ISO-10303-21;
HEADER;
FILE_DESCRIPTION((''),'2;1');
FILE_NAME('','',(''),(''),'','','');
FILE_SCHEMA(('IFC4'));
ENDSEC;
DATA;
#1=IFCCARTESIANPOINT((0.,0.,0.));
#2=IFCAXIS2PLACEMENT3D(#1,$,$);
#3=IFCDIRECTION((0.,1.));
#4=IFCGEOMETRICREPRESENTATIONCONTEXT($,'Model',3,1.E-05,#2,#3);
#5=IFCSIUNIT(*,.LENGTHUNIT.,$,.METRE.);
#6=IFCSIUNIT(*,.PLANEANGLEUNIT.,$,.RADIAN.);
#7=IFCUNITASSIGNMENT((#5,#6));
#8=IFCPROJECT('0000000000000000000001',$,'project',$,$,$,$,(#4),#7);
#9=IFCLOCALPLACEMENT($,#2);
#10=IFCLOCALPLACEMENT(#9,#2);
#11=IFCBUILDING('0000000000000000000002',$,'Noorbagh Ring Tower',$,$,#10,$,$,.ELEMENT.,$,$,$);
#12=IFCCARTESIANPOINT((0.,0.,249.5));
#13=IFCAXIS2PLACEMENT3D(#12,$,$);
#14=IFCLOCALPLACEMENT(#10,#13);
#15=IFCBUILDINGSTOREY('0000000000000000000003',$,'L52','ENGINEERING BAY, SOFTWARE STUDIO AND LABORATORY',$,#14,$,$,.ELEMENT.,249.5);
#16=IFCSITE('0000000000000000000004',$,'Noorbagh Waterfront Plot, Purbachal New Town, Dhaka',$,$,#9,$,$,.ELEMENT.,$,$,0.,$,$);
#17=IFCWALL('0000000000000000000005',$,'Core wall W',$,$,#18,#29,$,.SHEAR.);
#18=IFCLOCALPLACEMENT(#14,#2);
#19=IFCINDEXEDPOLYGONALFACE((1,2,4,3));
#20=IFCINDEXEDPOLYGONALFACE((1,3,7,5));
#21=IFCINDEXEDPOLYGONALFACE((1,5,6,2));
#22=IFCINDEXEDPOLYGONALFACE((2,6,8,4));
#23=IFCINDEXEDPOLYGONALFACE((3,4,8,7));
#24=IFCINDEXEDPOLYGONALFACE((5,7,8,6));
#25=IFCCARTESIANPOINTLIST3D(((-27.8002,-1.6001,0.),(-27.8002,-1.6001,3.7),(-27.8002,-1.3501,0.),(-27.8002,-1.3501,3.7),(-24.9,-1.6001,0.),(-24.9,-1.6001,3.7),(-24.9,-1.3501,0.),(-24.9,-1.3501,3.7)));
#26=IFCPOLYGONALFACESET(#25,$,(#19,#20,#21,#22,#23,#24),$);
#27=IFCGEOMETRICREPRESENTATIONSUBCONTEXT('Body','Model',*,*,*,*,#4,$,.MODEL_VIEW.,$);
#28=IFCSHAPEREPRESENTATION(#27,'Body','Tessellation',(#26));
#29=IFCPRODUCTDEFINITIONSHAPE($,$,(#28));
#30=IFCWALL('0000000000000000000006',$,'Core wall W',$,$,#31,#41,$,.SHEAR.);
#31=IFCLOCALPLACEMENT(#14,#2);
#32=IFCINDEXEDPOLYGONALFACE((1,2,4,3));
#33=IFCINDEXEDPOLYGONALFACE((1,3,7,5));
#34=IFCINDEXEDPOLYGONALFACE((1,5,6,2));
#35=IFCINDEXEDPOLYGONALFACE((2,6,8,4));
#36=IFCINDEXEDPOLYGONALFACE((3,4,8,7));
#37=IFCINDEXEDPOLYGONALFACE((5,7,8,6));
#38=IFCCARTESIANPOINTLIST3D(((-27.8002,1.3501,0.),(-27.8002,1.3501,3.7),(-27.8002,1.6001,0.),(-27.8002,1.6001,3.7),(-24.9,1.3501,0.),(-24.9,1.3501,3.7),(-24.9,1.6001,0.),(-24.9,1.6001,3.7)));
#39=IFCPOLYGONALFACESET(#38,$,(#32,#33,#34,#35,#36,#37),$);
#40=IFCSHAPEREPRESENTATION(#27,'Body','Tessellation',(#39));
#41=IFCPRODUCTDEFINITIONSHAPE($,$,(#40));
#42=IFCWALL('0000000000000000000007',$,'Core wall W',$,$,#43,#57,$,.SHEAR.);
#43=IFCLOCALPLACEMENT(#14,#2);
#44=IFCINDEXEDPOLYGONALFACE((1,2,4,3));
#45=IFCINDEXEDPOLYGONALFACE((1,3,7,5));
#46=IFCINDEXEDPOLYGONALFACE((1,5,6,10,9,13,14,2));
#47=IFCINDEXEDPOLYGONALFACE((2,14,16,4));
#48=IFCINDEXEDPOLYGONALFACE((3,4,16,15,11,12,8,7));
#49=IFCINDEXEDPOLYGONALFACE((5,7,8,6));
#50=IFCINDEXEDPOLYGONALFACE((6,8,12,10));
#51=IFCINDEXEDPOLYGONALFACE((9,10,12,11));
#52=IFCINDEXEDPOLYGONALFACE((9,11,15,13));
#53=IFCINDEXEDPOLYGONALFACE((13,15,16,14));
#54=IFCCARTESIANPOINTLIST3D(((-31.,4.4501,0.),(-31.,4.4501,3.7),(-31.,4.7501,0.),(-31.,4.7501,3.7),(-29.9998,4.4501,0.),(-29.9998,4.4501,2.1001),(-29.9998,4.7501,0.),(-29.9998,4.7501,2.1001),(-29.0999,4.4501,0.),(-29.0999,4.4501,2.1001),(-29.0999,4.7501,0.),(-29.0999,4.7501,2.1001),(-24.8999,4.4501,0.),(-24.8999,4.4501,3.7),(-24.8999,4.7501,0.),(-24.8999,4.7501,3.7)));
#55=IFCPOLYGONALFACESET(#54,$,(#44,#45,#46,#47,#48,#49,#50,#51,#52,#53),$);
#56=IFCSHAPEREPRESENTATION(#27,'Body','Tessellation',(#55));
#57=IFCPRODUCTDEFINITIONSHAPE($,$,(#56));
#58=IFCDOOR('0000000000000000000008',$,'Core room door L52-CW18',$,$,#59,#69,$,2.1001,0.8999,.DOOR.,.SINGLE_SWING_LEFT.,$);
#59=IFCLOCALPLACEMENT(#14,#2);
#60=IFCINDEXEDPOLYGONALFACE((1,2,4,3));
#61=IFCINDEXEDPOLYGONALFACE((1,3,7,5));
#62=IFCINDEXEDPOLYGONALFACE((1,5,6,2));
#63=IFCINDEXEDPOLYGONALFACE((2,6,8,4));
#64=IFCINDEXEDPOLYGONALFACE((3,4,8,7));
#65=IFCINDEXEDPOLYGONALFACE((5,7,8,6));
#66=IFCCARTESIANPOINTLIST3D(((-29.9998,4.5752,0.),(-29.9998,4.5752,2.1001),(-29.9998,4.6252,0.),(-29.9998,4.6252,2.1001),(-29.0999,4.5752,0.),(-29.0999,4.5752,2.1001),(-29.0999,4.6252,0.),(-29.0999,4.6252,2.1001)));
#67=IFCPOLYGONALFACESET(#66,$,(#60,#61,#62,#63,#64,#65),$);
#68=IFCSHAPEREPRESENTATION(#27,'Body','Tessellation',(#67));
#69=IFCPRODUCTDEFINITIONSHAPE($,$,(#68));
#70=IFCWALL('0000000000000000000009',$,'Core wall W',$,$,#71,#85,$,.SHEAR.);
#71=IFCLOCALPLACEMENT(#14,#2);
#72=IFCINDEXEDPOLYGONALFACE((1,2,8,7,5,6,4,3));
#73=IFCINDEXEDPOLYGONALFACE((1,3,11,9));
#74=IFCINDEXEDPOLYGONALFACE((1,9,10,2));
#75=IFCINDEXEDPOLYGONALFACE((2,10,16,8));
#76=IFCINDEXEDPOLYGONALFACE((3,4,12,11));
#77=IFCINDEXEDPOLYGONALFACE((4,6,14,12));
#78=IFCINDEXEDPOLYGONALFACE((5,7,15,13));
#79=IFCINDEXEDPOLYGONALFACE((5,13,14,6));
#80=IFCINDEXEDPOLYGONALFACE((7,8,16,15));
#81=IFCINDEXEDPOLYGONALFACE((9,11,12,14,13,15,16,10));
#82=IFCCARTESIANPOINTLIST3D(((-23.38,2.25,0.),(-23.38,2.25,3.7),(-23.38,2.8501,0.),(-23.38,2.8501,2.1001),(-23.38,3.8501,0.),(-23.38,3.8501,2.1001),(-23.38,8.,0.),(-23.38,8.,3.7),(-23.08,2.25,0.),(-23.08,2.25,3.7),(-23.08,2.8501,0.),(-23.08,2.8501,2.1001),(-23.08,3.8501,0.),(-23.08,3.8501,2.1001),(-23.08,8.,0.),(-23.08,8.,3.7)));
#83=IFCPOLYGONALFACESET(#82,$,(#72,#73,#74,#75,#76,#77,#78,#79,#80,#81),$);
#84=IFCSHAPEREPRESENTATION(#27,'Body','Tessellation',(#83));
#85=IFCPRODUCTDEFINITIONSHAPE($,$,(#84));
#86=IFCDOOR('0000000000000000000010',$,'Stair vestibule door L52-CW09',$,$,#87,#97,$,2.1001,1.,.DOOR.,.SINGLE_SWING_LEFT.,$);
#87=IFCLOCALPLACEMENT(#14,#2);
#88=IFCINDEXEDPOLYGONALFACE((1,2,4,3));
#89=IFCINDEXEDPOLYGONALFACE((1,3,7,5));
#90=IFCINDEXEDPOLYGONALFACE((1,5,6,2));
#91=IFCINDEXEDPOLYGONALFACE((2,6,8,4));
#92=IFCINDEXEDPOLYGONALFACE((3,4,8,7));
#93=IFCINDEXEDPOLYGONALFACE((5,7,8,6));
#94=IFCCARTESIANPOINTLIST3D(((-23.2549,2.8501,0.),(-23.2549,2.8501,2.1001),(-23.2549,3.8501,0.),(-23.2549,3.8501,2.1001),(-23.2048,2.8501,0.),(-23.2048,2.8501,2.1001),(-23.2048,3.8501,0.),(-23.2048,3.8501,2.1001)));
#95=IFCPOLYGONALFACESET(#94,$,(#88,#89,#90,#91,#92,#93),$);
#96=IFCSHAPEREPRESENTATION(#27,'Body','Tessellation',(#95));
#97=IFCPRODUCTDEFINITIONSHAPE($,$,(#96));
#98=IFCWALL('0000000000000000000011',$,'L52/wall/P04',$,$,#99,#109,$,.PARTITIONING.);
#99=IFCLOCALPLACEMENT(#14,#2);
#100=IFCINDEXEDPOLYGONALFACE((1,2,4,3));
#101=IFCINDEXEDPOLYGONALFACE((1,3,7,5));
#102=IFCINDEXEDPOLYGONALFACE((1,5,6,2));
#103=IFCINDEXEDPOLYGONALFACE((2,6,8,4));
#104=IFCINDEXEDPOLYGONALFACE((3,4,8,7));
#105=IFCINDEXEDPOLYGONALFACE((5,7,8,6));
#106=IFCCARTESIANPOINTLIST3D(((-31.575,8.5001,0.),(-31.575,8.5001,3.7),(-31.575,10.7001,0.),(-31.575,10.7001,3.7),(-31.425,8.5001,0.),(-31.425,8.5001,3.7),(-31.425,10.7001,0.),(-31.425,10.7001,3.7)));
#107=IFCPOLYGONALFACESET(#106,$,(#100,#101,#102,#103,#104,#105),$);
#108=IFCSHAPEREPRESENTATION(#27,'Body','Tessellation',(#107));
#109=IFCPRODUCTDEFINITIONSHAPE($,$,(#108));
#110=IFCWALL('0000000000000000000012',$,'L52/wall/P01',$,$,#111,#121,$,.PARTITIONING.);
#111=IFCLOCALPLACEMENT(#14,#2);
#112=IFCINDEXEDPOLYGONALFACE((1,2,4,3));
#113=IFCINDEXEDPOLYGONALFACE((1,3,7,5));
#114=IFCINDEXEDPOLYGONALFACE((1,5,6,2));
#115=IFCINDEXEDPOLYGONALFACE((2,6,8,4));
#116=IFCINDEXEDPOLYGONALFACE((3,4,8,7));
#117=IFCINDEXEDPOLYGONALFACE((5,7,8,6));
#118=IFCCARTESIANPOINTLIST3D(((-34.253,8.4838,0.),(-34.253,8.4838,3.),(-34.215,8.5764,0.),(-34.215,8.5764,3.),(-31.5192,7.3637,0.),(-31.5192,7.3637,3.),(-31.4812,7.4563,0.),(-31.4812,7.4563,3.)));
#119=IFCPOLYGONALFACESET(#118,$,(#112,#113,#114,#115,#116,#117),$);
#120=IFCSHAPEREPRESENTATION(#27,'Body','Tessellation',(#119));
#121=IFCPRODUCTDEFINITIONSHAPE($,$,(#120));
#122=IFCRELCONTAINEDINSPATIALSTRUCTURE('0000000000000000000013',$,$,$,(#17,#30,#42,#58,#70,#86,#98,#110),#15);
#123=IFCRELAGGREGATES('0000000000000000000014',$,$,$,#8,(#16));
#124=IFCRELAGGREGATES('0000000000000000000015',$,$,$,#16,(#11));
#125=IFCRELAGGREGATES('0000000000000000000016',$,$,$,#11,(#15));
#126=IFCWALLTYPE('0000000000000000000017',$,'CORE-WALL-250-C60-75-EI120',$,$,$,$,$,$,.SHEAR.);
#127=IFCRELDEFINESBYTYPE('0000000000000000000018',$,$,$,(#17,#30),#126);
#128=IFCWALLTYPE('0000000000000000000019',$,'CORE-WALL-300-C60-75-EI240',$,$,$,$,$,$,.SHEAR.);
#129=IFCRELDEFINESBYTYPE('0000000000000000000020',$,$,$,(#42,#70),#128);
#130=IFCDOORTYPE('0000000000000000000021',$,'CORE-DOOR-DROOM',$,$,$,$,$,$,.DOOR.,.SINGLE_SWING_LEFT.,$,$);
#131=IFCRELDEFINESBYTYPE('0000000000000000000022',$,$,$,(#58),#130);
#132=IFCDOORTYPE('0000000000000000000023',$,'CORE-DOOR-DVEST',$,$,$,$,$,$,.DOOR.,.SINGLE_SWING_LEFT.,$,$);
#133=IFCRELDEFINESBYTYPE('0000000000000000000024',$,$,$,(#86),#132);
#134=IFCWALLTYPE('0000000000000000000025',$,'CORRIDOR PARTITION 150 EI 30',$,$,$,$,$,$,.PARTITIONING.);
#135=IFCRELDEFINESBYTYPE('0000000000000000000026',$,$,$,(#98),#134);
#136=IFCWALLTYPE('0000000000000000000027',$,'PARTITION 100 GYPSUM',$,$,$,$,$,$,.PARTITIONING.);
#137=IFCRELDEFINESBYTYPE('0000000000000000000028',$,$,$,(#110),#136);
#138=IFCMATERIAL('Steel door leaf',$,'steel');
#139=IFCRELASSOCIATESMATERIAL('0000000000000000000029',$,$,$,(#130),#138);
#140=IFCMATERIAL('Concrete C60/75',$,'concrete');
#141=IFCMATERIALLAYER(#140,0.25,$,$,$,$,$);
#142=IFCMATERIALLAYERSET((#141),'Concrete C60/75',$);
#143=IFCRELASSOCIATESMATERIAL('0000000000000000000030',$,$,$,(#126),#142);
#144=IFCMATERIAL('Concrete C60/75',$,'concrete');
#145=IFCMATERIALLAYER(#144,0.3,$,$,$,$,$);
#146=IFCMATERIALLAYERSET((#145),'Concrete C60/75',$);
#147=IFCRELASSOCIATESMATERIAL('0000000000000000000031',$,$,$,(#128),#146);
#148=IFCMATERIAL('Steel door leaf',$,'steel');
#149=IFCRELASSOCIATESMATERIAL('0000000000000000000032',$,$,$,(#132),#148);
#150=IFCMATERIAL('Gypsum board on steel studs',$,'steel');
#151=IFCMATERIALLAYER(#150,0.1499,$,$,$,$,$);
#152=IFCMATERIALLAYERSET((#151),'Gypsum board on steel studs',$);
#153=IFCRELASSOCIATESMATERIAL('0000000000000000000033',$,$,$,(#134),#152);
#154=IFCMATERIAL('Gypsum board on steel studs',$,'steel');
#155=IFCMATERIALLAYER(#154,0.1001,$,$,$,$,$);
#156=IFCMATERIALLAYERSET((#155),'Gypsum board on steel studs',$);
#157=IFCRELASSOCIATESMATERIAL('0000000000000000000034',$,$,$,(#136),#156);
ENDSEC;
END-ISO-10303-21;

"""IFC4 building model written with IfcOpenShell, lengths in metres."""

from ifc_helpers import new_model, si_unit, direction, frame, frame_2d, origin, place, context, subcontext, project, spatial, rectangle, extrude, material, layer, layer_set, type_object, element, fill, save


model = new_model("IFC4")

# Units and contexts
model_context = context("Model", 3, precision=1e-05, world=origin(), true_north=direction((0.0, 1.0)))
body_context = subcontext(model_context, "Body", "Model", "MODEL_VIEW")
ifc_project = project(units=[si_unit("LENGTHUNIT", "METRE"), si_unit("PLANEANGLEUNIT", "RADIAN")], contexts=[model_context])

# Site, building, storey
site_placement = place(None, origin())
site = spatial("IfcSite", under=ifc_project, at=site_placement, Name="Noorbagh Waterfront Plot, Purbachal New Town, Dhaka", CompositionType="ELEMENT", RefElevation=0.0)
building_placement = place(site_placement, origin())
building = spatial("IfcBuilding", under=site, at=building_placement, Name="Noorbagh Ring Tower", CompositionType="ELEMENT")
storey_placement = place(building_placement, frame((0.0, 0.0, 249.5)))
storey = spatial("IfcBuildingStorey", under=building, at=storey_placement, Name="L52", Description="ENGINEERING BAY, SOFTWARE STUDIO AND LABORATORY", CompositionType="ELEMENT", Elevation=249.5)

# Shared definitions
ifc_material_1 = material(Name="Steel door leaf", Category="steel")
door_type_1 = type_object("IfcDoorType", Name="CORE-DOOR-DROOM", OperationType="SINGLE_SWING_LEFT", PredefinedType="DOOR", material=ifc_material_1)

# Walls
ifc_material_2 = material(Name="Concrete C60/75", Category="concrete")
ifc_layer_1 = layer(ifc_material_2, 0.25)
ifc_layer_set_1 = layer_set([ifc_layer_1], Name="Concrete C60/75")
wall_type_1 = type_object("IfcWallType", Name="CORE-WALL-250-C60-75-EI120", PredefinedType="SHEAR", material=ifc_layer_set_1)
for number, where, z_axis, x_axis, name in (
    (1, (-24.8999, -1.4751, 0.0), (0.0, 0.0, 1.0), (-1.0, 0.0, 0.0), "Core wall W"),
    (2, (-24.8999, 1.4751, 0.0), (0.0, 0.0, 1.0), (-1.0, 0.0, 0.0), "Core wall W"),
):
    element("IfcWall", number, at=place(storey_placement, frame(where, z_axis=z_axis, x_axis=x_axis)), inside=storey, type_object=wall_type_1, Name=name, PredefinedType="SHEAR", context=body_context, shape_type="SweptSolid", body=[
        extrude(rectangle(XDim=2.9001, YDim=0.25, at=frame_2d((1.4502, 0.0))), origin(), (0.0, 0.0, 1.0), 3.7),
    ])

# Walls, openings, doors
ifc_material_3 = material(Name="Concrete C60/75", Category="concrete")
ifc_layer_2 = layer(ifc_material_3, 0.3)
ifc_layer_set_2 = layer_set([ifc_layer_2], Name="Concrete C60/75")
wall_type_2 = type_object("IfcWallType", Name="CORE-WALL-300-C60-75-EI240", PredefinedType="SHEAR", material=ifc_layer_set_2)
wall_1_placement = place(storey_placement, frame((-24.8999, 4.6001, 0.0), z_axis=(0.0, 0.0, 1.0), x_axis=(-1.0, 0.0, 0.0)))
wall_1 = element("IfcWall", 3, at=wall_1_placement, inside=storey, type_object=wall_type_2, Name="Core wall W", PredefinedType="SHEAR", context=body_context, shape_type="SweptSolid", body=[
    extrude(rectangle(XDim=6.1001, YDim=0.3, at=frame_2d((3.05, 0.0))), origin(), (0.0, 0.0, 1.0), 3.7),
])
opening_1_placement = place(wall_1_placement, frame((4.2, 0.0, 0.0)))
opening_1 = element("IfcOpeningElement", 4, at=opening_1_placement, cuts=wall_1, PredefinedType="OPENING", context=body_context, shape_type="SweptSolid", body=[
    extrude(rectangle(XDim=0.8999, YDim=2.1001, at=frame_2d((0.45, 1.05))), frame((0.0, 0.1602, 0.0), z_axis=(0.0, -1.0, 0.0), x_axis=(1.0, 0.0, 0.0)), (0.0, 0.0, 1.0), 0.3201),
])
door_1_placement = place(opening_1_placement, origin())
door_1 = element("IfcDoor", 5, at=door_1_placement, inside=storey, type_object=door_type_1, Name="Core room door L52-CW18", OperationType="SINGLE_SWING_LEFT", OverallHeight=2.1001, OverallWidth=0.8999, PredefinedType="DOOR", context=body_context, shape_type="SweptSolid", body=[
    extrude(rectangle(XDim=0.8999, YDim=2.1001, at=frame_2d((0.45, 1.05))), frame((0.0, 0.0249, 0.0), z_axis=(0.0, -1.0, 0.0), x_axis=(1.0, 0.0, 0.0)), (0.0, 0.0, 1.0), 0.05),
])
fill(opening_1, door_1)
wall_2_placement = place(storey_placement, frame((-23.23, 2.25, 0.0), z_axis=(0.0, 0.0, 1.0), x_axis=(0.0, 1.0, 0.0)))
wall_2 = element("IfcWall", 6, at=wall_2_placement, inside=storey, type_object=wall_type_2, Name="Core wall W", PredefinedType="SHEAR", context=body_context, shape_type="SweptSolid", body=[
    extrude(rectangle(XDim=5.75, YDim=0.3, at=frame_2d((2.875, 0.0))), origin(), (0.0, 0.0, 1.0), 3.7),
])
opening_2_placement = place(wall_2_placement, frame((0.6001, 0.0, 0.0)))
opening_2 = element("IfcOpeningElement", 7, at=opening_2_placement, cuts=wall_2, PredefinedType="OPENING", context=body_context, shape_type="SweptSolid", body=[
    extrude(rectangle(XDim=1.0, YDim=2.1001, at=frame_2d((0.5, 1.05))), frame((0.0, 0.1602, 0.0), z_axis=(0.0, -1.0, 0.0), x_axis=(1.0, 0.0, 0.0)), (0.0, 0.0, 1.0), 0.3201),
])
ifc_material_4 = material(Name="Steel door leaf", Category="steel")
door_type_2 = type_object("IfcDoorType", Name="CORE-DOOR-DVEST", OperationType="SINGLE_SWING_LEFT", PredefinedType="DOOR", material=ifc_material_4)
door_2_placement = place(opening_2_placement, origin())
door_2 = element("IfcDoor", 8, at=door_2_placement, inside=storey, type_object=door_type_2, Name="Stair vestibule door L52-CW09", OperationType="SINGLE_SWING_LEFT", OverallHeight=2.1001, OverallWidth=1.0, PredefinedType="DOOR", context=body_context, shape_type="SweptSolid", body=[
    extrude(rectangle(XDim=1.0, YDim=2.1001, at=frame_2d((0.5, 1.05))), frame((0.0, 0.0249, 0.0), z_axis=(0.0, -1.0, 0.0), x_axis=(1.0, 0.0, 0.0)), (0.0, 0.0, 1.0), 0.05),
])
fill(opening_2, door_2)

# Walls
ifc_material_5 = material(Name="Gypsum board on steel studs", Category="steel")
ifc_layer_3 = layer(ifc_material_5, 0.1499)
ifc_layer_set_3 = layer_set([ifc_layer_3], Name="Gypsum board on steel studs")
wall_type_3 = type_object("IfcWallType", Name="CORRIDOR PARTITION 150 EI 30", PredefinedType="PARTITIONING", material=ifc_layer_set_3)
wall_3_placement = place(storey_placement, frame((-31.5, 8.5, 0.0), z_axis=(0.0, 0.0, 1.0), x_axis=(0.0, 1.0, 0.0)))
element("IfcWall", 9, at=wall_3_placement, inside=storey, type_object=wall_type_3, Name="L52/wall/P04", PredefinedType="PARTITIONING", context=body_context, shape_type="SweptSolid", body=[
    extrude(rectangle(XDim=2.2, YDim=0.1499, at=frame_2d((1.1001, 0.0))), origin(), (0.0, 0.0, 1.0), 3.7),
])
ifc_material_6 = material(Name="Gypsum board on steel studs", Category="steel")
ifc_layer_4 = layer(ifc_material_6, 0.1001)
ifc_layer_set_4 = layer_set([ifc_layer_4], Name="Gypsum board on steel studs")
wall_type_4 = type_object("IfcWallType", Name="PARTITION 100 GYPSUM", PredefinedType="PARTITIONING", material=ifc_layer_set_4)
wall_4_placement = place(storey_placement, frame((-34.2339, 8.53, 0.0), z_axis=(0.0, 0.0, 1.0), x_axis=(0.925344, -0.379128, 0.0)))
element("IfcWall", 10, at=wall_4_placement, inside=storey, type_object=wall_type_4, Name="L52/wall/P01", PredefinedType="PARTITIONING", context=body_context, shape_type="SweptSolid", body=[
    extrude(rectangle(XDim=2.9543, YDim=0.1001, at=frame_2d((1.4771, 0.0))), origin(), (0.0, 0.0, 1.0), 3.0),
])

save(model, "model.ifc")
